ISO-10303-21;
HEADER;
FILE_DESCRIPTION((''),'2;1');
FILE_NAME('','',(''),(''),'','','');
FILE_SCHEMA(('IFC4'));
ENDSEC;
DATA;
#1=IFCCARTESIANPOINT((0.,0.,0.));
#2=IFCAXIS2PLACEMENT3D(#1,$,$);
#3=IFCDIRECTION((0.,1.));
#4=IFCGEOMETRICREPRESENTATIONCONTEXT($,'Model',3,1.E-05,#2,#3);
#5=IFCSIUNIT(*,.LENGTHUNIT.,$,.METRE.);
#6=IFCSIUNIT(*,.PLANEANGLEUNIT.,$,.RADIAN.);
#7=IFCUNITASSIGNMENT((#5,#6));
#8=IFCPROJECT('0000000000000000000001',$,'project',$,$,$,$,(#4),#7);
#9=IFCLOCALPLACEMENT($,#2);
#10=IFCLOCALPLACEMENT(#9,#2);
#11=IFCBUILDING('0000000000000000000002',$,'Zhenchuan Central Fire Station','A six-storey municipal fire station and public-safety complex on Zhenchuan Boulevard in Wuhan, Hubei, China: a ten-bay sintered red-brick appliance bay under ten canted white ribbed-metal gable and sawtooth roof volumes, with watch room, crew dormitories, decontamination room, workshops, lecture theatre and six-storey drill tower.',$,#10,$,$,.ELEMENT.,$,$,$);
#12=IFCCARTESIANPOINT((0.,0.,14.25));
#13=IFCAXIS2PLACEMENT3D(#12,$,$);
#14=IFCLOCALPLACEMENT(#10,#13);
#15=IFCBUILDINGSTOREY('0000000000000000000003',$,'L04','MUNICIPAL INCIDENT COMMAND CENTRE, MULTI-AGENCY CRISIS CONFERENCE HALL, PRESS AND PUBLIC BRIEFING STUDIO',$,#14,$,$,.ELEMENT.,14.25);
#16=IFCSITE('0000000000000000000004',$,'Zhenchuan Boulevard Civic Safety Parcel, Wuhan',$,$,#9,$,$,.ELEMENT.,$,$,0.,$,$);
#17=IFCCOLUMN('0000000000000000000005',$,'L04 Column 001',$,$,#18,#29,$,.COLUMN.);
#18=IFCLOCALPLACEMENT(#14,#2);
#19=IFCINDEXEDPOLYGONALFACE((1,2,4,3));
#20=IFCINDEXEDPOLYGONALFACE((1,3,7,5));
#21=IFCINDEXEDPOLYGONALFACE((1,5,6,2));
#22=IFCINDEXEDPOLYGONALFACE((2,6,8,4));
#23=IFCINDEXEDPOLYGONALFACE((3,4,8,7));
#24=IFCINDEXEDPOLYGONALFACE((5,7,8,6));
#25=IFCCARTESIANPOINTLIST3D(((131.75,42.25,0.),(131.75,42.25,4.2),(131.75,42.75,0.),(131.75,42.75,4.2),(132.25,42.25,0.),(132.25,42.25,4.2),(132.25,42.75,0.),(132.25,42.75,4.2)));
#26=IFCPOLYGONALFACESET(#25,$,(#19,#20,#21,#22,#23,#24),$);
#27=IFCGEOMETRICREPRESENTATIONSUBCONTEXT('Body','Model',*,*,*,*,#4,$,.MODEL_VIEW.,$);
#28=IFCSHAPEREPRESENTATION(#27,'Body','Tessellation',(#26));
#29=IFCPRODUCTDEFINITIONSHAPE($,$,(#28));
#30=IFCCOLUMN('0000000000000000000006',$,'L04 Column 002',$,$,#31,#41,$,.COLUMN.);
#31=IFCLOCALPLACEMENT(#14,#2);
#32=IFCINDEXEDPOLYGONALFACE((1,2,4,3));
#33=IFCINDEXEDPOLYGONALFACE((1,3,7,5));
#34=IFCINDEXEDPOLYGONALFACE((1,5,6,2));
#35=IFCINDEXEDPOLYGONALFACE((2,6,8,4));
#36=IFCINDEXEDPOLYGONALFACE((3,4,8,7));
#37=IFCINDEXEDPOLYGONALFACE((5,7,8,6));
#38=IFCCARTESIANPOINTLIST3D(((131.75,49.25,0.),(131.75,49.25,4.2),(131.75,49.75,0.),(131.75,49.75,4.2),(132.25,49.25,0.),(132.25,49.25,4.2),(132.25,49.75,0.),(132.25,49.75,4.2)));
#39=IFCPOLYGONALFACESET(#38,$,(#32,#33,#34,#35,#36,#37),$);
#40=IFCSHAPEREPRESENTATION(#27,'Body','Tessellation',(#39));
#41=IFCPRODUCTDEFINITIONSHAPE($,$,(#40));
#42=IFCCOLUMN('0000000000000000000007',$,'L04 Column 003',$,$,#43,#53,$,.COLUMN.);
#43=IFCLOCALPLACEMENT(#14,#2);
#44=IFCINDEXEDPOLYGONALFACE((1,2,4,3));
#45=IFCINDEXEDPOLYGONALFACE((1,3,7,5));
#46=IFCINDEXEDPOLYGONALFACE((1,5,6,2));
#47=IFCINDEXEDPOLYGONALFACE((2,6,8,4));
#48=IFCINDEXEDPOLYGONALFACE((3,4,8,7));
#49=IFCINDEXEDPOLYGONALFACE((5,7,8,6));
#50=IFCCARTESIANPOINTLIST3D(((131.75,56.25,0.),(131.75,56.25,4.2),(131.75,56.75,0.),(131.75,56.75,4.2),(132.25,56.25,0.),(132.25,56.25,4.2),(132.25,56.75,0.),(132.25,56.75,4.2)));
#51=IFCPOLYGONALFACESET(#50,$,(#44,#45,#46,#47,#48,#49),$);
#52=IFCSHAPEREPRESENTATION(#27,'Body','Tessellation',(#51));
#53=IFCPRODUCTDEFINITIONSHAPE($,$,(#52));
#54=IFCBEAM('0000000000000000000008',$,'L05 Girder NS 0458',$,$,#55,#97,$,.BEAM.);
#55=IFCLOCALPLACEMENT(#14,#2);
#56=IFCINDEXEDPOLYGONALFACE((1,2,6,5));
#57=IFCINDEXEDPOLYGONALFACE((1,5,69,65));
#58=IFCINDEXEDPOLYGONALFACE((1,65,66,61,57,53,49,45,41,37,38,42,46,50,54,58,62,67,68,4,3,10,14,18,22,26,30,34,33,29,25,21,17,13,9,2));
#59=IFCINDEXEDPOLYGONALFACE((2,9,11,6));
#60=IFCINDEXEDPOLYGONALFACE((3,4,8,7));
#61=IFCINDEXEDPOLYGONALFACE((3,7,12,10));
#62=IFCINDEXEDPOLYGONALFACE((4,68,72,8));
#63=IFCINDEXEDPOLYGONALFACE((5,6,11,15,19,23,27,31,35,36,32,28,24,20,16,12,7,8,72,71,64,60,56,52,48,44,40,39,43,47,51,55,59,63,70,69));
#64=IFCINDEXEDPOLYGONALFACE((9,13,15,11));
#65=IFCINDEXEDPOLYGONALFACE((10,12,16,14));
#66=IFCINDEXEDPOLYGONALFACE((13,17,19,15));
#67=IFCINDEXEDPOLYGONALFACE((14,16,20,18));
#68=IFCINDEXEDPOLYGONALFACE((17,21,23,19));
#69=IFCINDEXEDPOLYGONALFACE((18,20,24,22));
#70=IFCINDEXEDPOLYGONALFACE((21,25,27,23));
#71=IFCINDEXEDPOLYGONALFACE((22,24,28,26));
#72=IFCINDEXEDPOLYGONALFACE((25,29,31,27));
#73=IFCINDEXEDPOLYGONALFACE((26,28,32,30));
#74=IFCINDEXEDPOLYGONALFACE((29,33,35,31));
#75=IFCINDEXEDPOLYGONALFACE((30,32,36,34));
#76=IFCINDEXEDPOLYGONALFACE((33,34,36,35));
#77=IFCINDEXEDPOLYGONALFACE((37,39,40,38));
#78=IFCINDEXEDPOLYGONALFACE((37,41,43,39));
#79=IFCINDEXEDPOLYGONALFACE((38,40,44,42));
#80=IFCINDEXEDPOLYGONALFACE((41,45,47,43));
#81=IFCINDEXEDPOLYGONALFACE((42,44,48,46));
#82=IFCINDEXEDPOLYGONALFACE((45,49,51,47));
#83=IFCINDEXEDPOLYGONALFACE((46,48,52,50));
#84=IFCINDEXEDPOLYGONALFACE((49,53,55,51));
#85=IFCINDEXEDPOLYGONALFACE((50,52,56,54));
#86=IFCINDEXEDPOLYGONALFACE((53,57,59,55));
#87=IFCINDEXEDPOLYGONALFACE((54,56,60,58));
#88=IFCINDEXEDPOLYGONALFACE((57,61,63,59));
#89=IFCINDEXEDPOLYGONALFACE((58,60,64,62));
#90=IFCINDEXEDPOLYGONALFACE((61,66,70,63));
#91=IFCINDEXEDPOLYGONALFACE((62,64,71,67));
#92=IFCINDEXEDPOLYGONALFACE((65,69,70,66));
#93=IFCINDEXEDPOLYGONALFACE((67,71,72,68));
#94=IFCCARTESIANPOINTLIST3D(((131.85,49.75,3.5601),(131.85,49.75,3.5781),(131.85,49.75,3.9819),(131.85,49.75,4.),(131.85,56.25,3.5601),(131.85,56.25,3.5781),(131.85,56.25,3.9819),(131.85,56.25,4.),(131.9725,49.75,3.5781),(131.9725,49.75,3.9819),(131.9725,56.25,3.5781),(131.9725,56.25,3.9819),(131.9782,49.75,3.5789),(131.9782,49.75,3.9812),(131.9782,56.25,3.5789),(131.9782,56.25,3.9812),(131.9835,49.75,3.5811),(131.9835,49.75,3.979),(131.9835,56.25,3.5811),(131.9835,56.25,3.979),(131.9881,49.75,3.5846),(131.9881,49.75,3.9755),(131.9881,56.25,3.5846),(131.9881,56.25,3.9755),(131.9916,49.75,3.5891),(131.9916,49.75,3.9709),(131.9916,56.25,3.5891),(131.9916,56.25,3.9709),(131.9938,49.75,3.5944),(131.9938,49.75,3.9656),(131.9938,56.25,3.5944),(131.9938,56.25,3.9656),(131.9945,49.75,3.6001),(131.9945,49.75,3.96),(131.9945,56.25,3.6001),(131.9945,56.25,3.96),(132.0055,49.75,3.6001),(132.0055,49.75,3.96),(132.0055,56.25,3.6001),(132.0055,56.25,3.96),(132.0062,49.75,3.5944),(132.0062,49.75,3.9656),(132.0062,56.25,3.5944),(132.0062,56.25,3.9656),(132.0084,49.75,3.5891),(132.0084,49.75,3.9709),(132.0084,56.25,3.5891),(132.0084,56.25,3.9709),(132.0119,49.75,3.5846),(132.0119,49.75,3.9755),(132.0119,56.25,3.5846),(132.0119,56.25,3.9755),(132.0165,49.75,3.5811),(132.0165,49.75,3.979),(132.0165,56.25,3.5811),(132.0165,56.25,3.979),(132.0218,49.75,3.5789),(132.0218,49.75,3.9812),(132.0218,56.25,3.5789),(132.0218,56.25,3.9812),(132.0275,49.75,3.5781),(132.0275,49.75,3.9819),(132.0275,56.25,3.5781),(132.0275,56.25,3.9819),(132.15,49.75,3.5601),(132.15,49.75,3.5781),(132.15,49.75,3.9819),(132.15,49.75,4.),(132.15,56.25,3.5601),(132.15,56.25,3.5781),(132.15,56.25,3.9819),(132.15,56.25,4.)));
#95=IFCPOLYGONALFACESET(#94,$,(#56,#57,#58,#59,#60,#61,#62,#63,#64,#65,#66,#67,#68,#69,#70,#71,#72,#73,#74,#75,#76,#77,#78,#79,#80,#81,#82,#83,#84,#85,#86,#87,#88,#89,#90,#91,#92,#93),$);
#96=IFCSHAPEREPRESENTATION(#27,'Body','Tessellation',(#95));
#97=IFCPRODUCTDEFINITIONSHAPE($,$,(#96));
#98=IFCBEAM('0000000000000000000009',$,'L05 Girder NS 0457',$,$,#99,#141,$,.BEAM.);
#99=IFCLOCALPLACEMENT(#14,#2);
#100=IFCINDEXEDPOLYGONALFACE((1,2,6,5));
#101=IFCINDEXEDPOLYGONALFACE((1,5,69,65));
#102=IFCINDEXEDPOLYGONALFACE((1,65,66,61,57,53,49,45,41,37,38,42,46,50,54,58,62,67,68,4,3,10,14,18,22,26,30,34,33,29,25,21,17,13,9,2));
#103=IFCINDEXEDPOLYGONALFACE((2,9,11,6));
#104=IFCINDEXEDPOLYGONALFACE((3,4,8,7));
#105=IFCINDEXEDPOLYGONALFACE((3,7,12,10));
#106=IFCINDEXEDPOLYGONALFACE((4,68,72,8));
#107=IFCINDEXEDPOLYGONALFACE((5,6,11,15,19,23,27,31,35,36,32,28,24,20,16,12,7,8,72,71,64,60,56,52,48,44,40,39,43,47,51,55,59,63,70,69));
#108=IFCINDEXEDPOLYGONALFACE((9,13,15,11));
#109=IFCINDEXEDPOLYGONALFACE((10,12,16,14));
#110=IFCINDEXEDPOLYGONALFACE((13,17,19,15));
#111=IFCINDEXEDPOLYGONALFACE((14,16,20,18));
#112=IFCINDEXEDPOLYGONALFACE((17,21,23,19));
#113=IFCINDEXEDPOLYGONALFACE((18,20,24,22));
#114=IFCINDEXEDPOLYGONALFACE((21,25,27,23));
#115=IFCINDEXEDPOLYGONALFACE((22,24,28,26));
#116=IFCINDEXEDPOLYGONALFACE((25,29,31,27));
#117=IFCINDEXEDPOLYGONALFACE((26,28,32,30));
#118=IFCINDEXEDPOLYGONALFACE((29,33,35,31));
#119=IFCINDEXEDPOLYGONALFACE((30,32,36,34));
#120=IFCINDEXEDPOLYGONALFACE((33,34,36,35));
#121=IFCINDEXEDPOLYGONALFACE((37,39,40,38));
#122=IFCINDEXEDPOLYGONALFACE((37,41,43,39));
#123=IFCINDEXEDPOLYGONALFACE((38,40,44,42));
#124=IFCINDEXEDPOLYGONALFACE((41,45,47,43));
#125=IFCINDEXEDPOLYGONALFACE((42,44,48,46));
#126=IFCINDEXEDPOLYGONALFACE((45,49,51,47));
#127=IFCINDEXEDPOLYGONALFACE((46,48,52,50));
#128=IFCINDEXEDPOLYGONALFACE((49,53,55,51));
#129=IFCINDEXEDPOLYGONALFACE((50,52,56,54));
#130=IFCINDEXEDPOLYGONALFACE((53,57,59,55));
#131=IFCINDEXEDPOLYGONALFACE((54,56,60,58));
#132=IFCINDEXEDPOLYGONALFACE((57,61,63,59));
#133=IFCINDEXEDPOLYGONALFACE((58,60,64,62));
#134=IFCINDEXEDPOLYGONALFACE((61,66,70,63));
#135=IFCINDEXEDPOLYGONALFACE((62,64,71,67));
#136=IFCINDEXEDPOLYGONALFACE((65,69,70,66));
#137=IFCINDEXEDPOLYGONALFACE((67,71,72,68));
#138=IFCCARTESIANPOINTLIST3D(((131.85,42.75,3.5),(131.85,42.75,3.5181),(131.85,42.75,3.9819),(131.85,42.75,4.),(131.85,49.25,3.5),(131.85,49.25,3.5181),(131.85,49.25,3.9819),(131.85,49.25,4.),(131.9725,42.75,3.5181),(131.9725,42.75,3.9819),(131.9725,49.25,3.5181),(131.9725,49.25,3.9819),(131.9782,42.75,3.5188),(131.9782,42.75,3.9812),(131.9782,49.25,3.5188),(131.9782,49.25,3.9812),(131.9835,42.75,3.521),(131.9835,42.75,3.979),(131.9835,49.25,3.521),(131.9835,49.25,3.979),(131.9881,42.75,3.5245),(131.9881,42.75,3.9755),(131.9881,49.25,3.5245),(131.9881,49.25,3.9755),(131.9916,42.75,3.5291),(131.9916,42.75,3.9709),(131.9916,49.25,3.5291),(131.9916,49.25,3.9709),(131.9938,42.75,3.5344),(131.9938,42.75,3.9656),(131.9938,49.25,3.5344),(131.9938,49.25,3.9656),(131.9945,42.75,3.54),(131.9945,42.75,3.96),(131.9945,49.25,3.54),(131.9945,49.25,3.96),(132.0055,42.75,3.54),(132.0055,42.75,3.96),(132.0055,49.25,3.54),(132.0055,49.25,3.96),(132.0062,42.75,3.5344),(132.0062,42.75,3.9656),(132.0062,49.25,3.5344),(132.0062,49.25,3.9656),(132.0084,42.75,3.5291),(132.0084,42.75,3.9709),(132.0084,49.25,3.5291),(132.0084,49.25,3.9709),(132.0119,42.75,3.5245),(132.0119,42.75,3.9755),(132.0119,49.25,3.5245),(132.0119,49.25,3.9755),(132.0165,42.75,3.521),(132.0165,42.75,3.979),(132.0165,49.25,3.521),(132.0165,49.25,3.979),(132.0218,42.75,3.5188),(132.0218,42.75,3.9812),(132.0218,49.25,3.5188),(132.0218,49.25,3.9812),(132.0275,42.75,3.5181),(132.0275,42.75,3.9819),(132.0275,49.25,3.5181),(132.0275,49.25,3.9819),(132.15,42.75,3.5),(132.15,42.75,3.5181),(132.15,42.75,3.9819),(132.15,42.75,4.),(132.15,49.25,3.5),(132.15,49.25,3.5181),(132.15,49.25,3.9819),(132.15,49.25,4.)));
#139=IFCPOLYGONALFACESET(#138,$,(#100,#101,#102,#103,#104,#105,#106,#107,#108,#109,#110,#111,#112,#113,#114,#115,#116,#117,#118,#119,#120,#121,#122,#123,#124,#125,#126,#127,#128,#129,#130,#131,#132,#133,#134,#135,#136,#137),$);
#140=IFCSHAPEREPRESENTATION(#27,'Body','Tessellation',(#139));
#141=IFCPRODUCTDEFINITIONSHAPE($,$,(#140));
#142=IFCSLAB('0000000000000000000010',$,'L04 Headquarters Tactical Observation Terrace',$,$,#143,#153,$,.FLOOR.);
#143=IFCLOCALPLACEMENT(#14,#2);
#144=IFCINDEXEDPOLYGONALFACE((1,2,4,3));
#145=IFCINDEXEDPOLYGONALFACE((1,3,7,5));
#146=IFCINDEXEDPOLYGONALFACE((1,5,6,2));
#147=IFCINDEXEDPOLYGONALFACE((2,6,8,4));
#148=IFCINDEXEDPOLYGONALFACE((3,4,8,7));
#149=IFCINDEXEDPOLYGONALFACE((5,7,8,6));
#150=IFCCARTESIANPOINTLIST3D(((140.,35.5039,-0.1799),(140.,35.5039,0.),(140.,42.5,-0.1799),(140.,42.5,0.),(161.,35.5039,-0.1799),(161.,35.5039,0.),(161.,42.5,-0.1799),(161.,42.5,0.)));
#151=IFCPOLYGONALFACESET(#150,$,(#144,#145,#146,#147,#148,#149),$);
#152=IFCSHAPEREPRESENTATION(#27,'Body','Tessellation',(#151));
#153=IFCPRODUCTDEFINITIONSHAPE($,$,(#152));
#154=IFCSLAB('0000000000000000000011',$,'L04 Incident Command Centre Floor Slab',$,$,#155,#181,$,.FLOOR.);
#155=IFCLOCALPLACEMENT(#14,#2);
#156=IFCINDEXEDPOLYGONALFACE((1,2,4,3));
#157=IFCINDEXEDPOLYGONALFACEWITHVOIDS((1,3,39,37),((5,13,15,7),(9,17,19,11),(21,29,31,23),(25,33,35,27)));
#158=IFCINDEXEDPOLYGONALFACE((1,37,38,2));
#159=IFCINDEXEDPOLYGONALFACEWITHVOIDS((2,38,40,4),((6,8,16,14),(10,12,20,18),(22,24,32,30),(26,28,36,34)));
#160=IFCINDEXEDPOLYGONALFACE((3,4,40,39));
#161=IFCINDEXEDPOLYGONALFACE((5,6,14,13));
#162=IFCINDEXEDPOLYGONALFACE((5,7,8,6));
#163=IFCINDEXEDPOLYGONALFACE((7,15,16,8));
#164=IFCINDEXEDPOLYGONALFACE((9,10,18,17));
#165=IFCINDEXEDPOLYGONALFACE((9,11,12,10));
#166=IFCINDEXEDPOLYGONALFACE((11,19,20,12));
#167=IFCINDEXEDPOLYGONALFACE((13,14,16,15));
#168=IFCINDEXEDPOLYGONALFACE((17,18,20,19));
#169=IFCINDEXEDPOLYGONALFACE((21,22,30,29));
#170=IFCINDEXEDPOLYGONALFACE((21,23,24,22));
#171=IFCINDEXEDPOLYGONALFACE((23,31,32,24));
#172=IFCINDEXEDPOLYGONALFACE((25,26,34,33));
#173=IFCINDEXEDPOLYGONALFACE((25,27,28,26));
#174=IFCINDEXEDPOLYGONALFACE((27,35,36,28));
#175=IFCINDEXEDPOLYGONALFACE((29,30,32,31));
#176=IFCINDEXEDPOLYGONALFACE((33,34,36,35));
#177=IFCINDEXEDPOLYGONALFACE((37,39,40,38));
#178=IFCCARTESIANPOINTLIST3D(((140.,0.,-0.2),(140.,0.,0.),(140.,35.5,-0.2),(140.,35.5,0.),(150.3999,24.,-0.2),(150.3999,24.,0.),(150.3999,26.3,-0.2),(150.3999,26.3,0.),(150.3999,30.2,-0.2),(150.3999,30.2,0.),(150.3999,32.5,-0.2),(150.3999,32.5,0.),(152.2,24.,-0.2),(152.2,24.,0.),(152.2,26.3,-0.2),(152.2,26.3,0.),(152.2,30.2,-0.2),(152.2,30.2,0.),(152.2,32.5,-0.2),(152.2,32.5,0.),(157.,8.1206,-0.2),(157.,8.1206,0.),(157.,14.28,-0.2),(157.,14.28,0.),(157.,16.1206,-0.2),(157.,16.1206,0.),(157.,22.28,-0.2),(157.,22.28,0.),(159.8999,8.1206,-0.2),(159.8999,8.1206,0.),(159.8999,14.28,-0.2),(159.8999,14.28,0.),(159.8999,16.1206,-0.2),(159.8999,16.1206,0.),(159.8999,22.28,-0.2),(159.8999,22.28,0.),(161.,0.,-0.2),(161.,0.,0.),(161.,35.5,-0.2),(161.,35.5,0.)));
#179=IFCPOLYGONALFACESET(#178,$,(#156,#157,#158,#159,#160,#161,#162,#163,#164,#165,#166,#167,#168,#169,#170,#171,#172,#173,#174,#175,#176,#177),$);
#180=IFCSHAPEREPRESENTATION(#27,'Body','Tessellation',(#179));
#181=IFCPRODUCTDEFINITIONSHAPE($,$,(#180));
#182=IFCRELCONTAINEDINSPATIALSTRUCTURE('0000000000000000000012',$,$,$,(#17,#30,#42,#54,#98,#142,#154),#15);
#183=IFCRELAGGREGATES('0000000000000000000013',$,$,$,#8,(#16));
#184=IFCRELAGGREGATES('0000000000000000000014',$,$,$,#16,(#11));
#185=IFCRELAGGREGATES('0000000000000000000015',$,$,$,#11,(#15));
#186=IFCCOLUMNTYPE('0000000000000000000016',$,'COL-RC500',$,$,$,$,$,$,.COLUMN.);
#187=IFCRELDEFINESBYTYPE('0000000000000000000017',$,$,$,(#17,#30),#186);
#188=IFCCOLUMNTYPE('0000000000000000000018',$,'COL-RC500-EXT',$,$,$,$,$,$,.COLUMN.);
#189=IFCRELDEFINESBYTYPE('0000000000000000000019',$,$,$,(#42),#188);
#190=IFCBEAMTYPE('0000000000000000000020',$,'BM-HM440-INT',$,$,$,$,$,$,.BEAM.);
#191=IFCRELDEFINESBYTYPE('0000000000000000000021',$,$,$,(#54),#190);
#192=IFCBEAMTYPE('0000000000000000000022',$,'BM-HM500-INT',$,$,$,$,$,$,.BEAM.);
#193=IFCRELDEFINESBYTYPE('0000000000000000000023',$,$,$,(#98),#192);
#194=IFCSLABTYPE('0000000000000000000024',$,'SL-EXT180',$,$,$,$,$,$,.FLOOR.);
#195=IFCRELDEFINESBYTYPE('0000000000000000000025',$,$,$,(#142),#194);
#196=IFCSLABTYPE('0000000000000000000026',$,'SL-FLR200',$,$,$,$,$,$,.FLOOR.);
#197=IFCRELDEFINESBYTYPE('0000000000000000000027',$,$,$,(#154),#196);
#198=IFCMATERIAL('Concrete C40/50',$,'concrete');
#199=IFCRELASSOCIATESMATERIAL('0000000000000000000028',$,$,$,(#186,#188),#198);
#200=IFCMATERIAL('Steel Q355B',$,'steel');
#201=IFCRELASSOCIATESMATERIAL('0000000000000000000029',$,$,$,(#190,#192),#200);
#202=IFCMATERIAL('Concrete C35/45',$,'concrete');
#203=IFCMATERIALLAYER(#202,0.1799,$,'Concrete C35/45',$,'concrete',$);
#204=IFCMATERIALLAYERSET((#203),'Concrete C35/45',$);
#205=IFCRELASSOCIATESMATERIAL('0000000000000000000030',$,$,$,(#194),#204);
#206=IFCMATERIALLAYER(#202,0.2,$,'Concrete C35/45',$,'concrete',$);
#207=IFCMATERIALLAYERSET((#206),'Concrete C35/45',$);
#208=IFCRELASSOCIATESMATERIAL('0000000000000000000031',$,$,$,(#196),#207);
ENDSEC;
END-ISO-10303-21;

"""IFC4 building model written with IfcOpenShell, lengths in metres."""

from ifc_helpers import new_model, si_unit, direction, frame, origin, origin_2d, place, context, subcontext, project, spatial, polyline, rectangle, i_section, outline, extrude, material, layer, layer_set, material_profile, profile_set, type_object, element, save


model = new_model("IFC4")

# Units and contexts
model_context = context("Model", 3, precision=1e-05, world=origin(), true_north=direction((0.0, 1.0)))
body_context = subcontext(model_context, "Body", "Model", "MODEL_VIEW")
ifc_project = project(units=[si_unit("LENGTHUNIT", "METRE"), si_unit("PLANEANGLEUNIT", "RADIAN")], contexts=[model_context])

# Site, building, storey
site_placement = place(None, origin())
site = spatial("IfcSite", under=ifc_project, at=site_placement, Name="Zhenchuan Boulevard Civic Safety Parcel, Wuhan", CompositionType="ELEMENT", RefElevation=0.0)
building_placement = place(site_placement, origin())
building = spatial("IfcBuilding", under=site, at=building_placement, Name="Zhenchuan Central Fire Station", Description="A six-storey municipal fire station and public-safety complex on Zhenchuan Boulevard in Wuhan, Hubei, China: a ten-bay sintered red-brick appliance bay under ten canted white ribbed-metal gable and sawtooth roof volumes, with watch room, crew dormitories, decontamination room, workshops, lecture theatre and six-storey drill tower.", CompositionType="ELEMENT")
storey_placement = place(building_placement, frame((0.0, 0.0, 14.25)))
storey = spatial("IfcBuildingStorey", under=building, at=storey_placement, Name="L04", Description="MUNICIPAL INCIDENT COMMAND CENTRE, MULTI-AGENCY CRISIS CONFERENCE HALL, PRESS AND PUBLIC BRIEFING STUDIO", CompositionType="ELEMENT", Elevation=14.25)

# Columns
ifc_material_1 = material(Name="Concrete C40/50", Category="concrete")
ifc_material_profile_1 = material_profile(ifc_material_1, rectangle(XDim=0.5, YDim=0.5, at=origin_2d()), Name="RC 500x500")
ifc_profile_set_1 = profile_set([ifc_material_profile_1], Name="Concrete C40/50")
column_type_1 = type_object("IfcColumnType", Name="COL-RC500", PredefinedType="COLUMN", material=ifc_profile_set_1)
for number, where, z_axis, x_axis, name in (
    (1, (132.0, 42.5, 0.0), (0.0, 0.0, 1.0), (1.0, 0.0, 0.0), "L04 Column 001"),
    (2, (132.0, 49.5, 0.0), (0.0, 0.0, 1.0), (1.0, 0.0, 0.0), "L04 Column 002"),
):
    element("IfcColumn", number, at=place(storey_placement, frame(where, z_axis=z_axis, x_axis=x_axis)), inside=storey, type_object=column_type_1, Name=name, PredefinedType="COLUMN", context=body_context, shape_type="SweptSolid", body=[
        extrude(rectangle(XDim=0.5, YDim=0.5, at=origin_2d()), origin(), (0.0, 0.0, 1.0), 4.2),
    ])
ifc_material_profile_2 = material_profile(ifc_material_1, rectangle(XDim=0.5, YDim=0.5, at=origin_2d()), Name="RC 500x500")
ifc_profile_set_2 = profile_set([ifc_material_profile_2], Name="Concrete C40/50")
column_type_2 = type_object("IfcColumnType", Name="COL-RC500-EXT", PredefinedType="COLUMN", material=ifc_profile_set_2)
column_placement = place(storey_placement, frame((132.0, 56.5, 0.0), z_axis=(0.0, 0.0, 1.0), x_axis=(1.0, 0.0, 0.0)))
element("IfcColumn", 3, at=column_placement, inside=storey, type_object=column_type_2, Name="L04 Column 003", PredefinedType="COLUMN", context=body_context, shape_type="SweptSolid", body=[
    extrude(rectangle(XDim=0.5, YDim=0.5, at=origin_2d()), origin(), (0.0, 0.0, 1.0), 4.2),
])

# Beams
ifc_material_2 = material(Name="Steel Q355B", Category="steel")
ifc_material_profile_3 = material_profile(ifc_material_2, i_section(OverallWidth=0.3, OverallDepth=0.4399, WebThickness=0.011, FlangeThickness=0.0181, FilletRadius=0.022, at=origin_2d()), Name="HM 440x300")
ifc_profile_set_3 = profile_set([ifc_material_profile_3], Name="Steel Q355B")
beam_type_1 = type_object("IfcBeamType", Name="BM-HM440-INT", PredefinedType="BEAM", material=ifc_profile_set_3)
beam_1_placement = place(storey_placement, frame((132.0, 49.75, 3.78), z_axis=(0.0, 1.0, 0.0), x_axis=(-1.0, 0.0, 0.0)))
element("IfcBeam", 4, at=beam_1_placement, inside=storey, type_object=beam_type_1, Name="L05 Girder NS 0458", PredefinedType="BEAM", context=body_context, shape_type="SweptSolid", body=[
    extrude(i_section(OverallWidth=0.3, OverallDepth=0.4399, WebThickness=0.011, FlangeThickness=0.0181, FilletRadius=0.022, at=origin_2d()), origin(), (0.0, 0.0, 1.0), 6.5),
])
ifc_material_profile_4 = material_profile(ifc_material_2, i_section(OverallWidth=0.3, OverallDepth=0.5, WebThickness=0.011, FlangeThickness=0.0181, FilletRadius=0.022, at=origin_2d()), Name="HM 500x300")
ifc_profile_set_4 = profile_set([ifc_material_profile_4], Name="Steel Q355B")
beam_type_2 = type_object("IfcBeamType", Name="BM-HM500-INT", PredefinedType="BEAM", material=ifc_profile_set_4)
beam_2_placement = place(storey_placement, frame((132.0, 42.75, 3.75), z_axis=(0.0, 1.0, 0.0), x_axis=(-1.0, 0.0, 0.0)))
element("IfcBeam", 5, at=beam_2_placement, inside=storey, type_object=beam_type_2, Name="L05 Girder NS 0457", PredefinedType="BEAM", context=body_context, shape_type="SweptSolid", body=[
    extrude(i_section(OverallWidth=0.3, OverallDepth=0.5, WebThickness=0.011, FlangeThickness=0.0181, FilletRadius=0.022, at=origin_2d()), origin(), (0.0, 0.0, 1.0), 6.5),
])

# Slabs
ifc_material_3 = material(Name="Concrete C35/45", Category="concrete")
ifc_layer_1 = layer(ifc_material_3, 0.1799, Name="Concrete C35/45", Category="concrete")
ifc_layer_set_1 = layer_set([ifc_layer_1], Name="Concrete C35/45")
slab_type_1 = type_object("IfcSlabType", Name="SL-EXT180", PredefinedType="FLOOR", material=ifc_layer_set_1)
slab_1_placement = place(storey_placement, frame((0.0, 0.0, -0.1799)))
element("IfcSlab", 6, at=slab_1_placement, inside=storey, type_object=slab_type_1, Name="L04 Headquarters Tactical Observation Terrace", PredefinedType="FLOOR", context=body_context, shape_type="SweptSolid", body=[
    extrude(outline(polyline([(140.0, 35.5039), (161.0, 35.5039), (161.0, 42.5), (140.0, 42.5), (140.0, 35.5039)])), origin(), (0.0, 0.0, 1.0), 0.1799),
])
ifc_layer_2 = layer(ifc_material_3, 0.2, Name="Concrete C35/45", Category="concrete")
ifc_layer_set_2 = layer_set([ifc_layer_2], Name="Concrete C35/45")
slab_type_2 = type_object("IfcSlabType", Name="SL-FLR200", PredefinedType="FLOOR", material=ifc_layer_set_2)
slab_2_placement = place(storey_placement, frame((0.0, 0.0, -0.2)))
element("IfcSlab", 7, at=slab_2_placement, inside=storey, type_object=slab_type_2, Name="L04 Incident Command Centre Floor Slab", PredefinedType="FLOOR", context=body_context, shape_type="SweptSolid", body=[
    extrude(outline(polyline([(140.0, 0.0), (161.0, 0.0), (161.0, 35.5), (140.0, 35.5), (140.0, 0.0)]), holes=[polyline([(159.8999, 8.1206), (159.8999, 14.28), (157.0, 14.28), (157.0, 8.1206), (159.8999, 8.1206)]), polyline([(159.8999, 16.1206), (159.8999, 22.28), (157.0, 22.28), (157.0, 16.1206), (159.8999, 16.1206)]), polyline([(150.3999, 24.0), (152.2, 24.0), (152.2, 26.3), (150.3999, 26.3), (150.3999, 24.0)]), polyline([(150.3999, 30.2), (152.2, 30.2), (152.2, 32.5), (150.3999, 32.5), (150.3999, 30.2)])]), origin(), (0.0, 0.0, 1.0), 0.2),
])

save(model, "model.ifc")
